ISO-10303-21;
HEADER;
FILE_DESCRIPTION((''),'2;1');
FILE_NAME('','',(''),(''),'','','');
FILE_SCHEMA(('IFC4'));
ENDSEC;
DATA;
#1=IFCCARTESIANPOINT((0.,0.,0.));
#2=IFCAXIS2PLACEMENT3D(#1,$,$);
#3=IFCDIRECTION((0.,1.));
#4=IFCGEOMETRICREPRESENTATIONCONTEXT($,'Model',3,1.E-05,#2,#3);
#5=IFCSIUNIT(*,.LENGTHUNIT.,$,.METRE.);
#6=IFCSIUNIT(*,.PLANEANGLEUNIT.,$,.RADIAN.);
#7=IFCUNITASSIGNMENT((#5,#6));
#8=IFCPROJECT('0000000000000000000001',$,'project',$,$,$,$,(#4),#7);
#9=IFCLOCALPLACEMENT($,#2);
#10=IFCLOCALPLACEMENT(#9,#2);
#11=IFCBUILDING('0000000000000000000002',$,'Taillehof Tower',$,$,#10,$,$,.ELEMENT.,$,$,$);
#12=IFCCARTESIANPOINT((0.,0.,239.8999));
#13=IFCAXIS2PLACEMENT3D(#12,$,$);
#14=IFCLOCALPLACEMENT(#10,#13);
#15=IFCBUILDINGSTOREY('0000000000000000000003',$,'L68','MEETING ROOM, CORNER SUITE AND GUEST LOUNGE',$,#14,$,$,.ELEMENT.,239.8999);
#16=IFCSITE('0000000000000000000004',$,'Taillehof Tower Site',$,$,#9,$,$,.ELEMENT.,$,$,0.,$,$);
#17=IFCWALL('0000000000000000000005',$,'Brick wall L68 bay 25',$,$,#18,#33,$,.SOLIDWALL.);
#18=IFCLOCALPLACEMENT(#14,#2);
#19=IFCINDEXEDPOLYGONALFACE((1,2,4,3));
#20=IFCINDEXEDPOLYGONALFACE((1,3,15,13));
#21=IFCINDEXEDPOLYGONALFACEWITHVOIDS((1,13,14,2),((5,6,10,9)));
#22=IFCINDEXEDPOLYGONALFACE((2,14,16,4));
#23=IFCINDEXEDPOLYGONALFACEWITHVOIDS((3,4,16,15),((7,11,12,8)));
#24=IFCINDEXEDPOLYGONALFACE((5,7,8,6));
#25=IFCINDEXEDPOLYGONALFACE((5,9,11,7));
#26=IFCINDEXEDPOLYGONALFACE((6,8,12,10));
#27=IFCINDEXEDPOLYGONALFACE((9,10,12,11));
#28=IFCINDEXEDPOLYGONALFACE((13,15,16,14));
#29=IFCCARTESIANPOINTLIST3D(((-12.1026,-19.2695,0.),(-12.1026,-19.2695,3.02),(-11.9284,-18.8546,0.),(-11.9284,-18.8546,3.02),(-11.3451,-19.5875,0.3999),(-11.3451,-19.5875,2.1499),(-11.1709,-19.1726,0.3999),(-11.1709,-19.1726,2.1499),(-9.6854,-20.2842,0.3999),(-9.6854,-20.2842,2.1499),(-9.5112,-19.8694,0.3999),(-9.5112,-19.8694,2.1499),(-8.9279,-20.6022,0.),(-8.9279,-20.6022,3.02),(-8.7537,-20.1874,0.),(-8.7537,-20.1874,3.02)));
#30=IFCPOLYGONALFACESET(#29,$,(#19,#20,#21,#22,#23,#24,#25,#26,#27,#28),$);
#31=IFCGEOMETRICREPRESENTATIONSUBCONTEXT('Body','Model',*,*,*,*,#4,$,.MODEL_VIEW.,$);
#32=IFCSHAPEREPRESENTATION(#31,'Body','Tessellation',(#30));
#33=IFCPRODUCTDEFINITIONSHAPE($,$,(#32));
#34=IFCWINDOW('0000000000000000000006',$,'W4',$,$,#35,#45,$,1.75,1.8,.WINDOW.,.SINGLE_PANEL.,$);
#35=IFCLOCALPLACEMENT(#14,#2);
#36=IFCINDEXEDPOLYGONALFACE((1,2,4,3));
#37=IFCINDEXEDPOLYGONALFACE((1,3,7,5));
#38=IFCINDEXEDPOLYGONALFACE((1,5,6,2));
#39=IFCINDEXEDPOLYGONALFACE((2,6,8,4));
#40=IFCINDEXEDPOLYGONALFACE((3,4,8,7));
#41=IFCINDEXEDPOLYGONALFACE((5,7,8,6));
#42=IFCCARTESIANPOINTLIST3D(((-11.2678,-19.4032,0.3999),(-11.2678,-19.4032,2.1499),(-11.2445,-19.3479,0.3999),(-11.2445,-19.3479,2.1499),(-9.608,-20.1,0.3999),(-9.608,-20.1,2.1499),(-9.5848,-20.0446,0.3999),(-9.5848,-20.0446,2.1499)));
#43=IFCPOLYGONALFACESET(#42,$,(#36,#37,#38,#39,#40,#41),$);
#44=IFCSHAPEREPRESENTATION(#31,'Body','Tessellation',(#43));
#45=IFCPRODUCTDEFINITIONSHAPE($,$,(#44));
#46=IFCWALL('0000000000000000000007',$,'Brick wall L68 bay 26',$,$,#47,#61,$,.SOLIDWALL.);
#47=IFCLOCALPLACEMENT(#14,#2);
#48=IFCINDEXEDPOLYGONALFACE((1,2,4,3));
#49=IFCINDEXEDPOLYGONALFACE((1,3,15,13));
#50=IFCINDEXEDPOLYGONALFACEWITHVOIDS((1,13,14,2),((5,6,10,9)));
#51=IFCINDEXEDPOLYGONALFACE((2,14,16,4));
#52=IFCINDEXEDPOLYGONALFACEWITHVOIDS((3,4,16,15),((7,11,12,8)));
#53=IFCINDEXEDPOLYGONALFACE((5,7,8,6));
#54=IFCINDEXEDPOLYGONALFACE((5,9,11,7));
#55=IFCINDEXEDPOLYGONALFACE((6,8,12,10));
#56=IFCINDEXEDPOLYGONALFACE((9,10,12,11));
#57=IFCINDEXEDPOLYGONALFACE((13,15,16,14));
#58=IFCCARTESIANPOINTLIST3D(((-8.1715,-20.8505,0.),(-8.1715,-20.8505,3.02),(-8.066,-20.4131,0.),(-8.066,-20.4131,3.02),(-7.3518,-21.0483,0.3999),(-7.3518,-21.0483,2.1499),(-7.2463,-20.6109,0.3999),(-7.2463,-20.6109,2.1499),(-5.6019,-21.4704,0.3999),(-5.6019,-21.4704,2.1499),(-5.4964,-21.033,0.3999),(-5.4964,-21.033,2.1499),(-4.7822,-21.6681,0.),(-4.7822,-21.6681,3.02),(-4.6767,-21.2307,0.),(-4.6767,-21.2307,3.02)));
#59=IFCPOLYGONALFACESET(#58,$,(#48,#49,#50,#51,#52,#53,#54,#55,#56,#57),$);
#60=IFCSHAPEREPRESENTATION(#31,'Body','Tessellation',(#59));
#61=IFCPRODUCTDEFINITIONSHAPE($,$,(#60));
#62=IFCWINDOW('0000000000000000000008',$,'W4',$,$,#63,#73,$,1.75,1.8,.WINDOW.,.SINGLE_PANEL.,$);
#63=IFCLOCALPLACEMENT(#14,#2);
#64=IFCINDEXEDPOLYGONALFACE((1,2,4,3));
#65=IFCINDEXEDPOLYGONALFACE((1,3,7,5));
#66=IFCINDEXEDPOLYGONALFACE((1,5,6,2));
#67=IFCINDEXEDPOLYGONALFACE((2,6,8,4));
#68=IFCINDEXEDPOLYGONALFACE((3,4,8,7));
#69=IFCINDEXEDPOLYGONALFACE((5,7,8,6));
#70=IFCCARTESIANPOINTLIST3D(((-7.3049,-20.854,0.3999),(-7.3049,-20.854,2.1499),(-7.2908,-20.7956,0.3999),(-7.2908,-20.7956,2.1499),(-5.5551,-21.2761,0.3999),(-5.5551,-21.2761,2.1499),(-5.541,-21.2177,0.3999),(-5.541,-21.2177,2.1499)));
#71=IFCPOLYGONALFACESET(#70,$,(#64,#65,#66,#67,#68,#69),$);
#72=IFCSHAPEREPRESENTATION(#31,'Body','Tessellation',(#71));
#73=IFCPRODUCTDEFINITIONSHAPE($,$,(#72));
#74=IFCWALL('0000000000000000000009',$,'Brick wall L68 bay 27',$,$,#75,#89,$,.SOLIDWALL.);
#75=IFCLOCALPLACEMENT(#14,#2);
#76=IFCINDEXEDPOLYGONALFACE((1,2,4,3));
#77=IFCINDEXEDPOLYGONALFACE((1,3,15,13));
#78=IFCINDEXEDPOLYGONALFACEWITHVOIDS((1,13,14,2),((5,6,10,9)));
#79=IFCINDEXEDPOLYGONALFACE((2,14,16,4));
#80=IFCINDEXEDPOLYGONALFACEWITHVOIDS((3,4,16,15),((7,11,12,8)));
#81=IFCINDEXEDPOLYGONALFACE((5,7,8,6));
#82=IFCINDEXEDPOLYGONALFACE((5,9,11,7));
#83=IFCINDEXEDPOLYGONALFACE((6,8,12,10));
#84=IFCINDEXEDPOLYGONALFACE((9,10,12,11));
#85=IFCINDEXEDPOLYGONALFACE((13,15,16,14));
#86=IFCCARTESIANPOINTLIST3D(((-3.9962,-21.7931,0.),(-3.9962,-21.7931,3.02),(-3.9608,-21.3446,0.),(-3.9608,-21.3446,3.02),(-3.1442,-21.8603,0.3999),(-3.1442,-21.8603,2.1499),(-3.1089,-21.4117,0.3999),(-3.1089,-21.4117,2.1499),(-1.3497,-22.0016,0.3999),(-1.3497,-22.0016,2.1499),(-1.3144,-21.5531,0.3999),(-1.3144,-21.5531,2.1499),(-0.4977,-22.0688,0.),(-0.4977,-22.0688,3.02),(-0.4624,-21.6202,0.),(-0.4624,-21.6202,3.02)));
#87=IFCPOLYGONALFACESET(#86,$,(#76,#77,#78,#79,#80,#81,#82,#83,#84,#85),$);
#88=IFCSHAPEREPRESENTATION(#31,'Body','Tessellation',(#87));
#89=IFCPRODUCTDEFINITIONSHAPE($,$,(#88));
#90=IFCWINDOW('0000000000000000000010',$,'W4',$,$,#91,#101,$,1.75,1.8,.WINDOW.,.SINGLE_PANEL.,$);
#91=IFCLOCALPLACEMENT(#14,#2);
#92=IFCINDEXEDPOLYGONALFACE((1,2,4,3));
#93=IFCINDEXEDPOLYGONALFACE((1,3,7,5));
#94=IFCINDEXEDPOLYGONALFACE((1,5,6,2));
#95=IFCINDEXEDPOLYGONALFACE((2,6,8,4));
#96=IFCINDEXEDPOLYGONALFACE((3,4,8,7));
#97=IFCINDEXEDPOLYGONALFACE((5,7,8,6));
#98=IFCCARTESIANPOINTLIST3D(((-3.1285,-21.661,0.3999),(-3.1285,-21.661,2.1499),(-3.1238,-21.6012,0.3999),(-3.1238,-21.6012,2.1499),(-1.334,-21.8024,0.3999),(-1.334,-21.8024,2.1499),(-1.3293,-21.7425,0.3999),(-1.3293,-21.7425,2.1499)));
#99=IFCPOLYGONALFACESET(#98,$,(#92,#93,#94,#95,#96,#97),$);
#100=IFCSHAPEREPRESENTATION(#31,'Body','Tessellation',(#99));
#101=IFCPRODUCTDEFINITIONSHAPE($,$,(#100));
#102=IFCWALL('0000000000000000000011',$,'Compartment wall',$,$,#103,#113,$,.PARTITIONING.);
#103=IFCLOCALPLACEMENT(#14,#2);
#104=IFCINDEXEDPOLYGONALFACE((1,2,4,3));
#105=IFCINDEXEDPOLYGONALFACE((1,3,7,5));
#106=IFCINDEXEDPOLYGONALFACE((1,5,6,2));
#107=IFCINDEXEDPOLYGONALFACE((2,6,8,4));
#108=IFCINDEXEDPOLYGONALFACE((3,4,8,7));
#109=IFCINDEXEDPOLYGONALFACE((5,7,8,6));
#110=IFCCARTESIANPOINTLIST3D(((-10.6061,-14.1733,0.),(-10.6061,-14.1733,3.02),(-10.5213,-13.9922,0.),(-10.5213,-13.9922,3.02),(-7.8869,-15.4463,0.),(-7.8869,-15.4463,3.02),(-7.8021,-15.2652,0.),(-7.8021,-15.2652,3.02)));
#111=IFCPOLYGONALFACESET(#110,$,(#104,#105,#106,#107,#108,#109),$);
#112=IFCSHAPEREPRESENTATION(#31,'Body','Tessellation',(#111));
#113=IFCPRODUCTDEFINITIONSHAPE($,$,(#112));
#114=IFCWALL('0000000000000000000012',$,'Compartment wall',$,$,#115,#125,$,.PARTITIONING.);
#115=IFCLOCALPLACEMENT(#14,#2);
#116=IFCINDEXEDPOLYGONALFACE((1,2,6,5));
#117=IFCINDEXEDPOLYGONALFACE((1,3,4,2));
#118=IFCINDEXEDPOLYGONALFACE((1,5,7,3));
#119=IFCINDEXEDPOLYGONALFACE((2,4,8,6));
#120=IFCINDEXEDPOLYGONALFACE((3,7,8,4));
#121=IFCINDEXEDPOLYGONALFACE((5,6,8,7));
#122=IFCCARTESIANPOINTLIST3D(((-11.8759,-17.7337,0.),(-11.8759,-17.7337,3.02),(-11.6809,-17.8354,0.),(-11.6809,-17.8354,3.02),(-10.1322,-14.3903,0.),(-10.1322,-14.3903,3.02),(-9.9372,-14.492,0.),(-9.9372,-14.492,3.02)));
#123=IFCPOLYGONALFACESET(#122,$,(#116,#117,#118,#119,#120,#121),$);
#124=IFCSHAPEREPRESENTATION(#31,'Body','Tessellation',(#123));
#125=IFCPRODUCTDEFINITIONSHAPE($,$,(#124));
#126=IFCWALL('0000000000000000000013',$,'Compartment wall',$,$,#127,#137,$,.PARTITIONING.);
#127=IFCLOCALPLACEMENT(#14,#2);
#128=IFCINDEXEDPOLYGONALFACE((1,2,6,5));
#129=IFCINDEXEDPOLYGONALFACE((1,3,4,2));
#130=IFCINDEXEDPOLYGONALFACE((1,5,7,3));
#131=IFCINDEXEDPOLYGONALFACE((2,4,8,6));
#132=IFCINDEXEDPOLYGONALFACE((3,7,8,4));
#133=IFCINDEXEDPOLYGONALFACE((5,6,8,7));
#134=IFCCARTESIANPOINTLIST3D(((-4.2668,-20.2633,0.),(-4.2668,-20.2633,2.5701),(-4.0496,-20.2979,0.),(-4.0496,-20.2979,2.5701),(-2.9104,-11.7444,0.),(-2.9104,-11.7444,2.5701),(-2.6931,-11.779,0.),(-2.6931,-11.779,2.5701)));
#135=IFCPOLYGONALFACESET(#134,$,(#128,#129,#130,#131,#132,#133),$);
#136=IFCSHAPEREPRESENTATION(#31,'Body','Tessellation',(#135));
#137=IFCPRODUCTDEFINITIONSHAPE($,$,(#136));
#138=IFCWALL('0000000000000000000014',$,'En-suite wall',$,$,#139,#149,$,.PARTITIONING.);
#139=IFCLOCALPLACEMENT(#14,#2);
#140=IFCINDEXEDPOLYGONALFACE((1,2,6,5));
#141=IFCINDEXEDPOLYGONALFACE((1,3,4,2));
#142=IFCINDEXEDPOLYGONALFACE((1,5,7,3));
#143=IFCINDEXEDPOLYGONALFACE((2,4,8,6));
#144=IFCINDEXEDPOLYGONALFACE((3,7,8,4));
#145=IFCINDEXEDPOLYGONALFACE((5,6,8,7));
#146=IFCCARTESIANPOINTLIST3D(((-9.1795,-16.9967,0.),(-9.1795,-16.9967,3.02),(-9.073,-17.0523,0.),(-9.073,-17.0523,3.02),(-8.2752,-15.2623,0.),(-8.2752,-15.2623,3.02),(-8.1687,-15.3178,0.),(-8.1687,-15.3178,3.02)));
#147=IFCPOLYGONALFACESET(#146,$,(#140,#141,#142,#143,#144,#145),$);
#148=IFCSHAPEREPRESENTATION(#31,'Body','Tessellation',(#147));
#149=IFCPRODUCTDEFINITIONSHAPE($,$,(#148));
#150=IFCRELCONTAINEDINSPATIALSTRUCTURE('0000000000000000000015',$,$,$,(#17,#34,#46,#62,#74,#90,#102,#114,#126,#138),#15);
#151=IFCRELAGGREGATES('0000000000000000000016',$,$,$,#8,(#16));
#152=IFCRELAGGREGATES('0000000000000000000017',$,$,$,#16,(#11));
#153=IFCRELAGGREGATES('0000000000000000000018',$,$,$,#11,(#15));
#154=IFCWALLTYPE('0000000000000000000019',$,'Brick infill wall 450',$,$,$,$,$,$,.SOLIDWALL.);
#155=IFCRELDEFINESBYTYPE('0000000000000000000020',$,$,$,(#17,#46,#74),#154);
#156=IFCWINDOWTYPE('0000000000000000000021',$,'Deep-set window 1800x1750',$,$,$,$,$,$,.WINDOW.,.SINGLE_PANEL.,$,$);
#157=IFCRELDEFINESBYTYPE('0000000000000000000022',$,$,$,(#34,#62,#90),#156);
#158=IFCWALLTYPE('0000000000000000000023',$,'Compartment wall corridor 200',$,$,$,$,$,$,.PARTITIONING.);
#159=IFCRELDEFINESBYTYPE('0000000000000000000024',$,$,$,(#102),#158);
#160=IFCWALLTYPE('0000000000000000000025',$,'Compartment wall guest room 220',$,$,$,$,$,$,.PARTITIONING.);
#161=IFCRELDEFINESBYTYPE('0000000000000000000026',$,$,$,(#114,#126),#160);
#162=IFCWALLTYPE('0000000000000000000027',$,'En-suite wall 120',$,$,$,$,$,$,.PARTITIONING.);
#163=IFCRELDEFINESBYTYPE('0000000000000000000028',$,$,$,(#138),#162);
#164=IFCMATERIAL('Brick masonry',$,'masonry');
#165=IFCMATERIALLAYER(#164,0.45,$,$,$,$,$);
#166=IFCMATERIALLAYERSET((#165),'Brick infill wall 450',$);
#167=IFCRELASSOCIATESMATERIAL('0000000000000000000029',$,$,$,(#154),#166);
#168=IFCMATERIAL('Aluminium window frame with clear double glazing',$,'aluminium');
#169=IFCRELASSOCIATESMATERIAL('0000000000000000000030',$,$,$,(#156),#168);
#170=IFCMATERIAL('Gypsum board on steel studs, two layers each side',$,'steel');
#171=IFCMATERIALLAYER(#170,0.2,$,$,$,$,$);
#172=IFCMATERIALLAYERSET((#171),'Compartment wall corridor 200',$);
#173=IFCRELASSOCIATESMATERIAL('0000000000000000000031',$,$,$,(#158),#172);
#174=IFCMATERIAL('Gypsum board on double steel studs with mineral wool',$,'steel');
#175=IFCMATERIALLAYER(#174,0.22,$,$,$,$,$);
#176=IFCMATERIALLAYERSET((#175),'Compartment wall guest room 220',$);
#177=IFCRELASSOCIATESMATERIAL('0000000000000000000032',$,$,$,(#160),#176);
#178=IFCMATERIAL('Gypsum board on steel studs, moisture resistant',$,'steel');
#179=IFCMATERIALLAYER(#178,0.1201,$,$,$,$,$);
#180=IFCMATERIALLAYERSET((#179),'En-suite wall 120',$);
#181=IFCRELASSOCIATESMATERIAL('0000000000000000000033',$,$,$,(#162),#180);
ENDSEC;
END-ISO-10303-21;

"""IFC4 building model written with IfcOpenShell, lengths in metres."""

from ifc_helpers import new_model, si_unit, direction, frame, frame_2d, origin, place, context, subcontext, project, spatial, rectangle, extrude, material, layer, layer_set, type_object, element, fill, save


model = new_model("IFC4")

# Units and contexts
model_context = context("Model", 3, precision=1e-05, world=origin(), true_north=direction((0.0, 1.0)))
body_context = subcontext(model_context, "Body", "Model", "MODEL_VIEW")
ifc_project = project(units=[si_unit("LENGTHUNIT", "METRE"), si_unit("PLANEANGLEUNIT", "RADIAN")], contexts=[model_context])

# Site, building, storey
site_placement = place(None, origin())
site = spatial("IfcSite", under=ifc_project, at=site_placement, Name="Taillehof Tower Site", CompositionType="ELEMENT", RefElevation=0.0)
building_placement = place(site_placement, origin())
building = spatial("IfcBuilding", under=site, at=building_placement, Name="Taillehof Tower", CompositionType="ELEMENT")
storey_placement = place(building_placement, frame((0.0, 0.0, 239.8999)))
storey = spatial("IfcBuildingStorey", under=building, at=storey_placement, Name="L68", Description="MEETING ROOM, CORNER SUITE AND GUEST LOUNGE", CompositionType="ELEMENT", Elevation=239.8999)

# Walls, openings, windows
ifc_material_1 = material(Name="Brick masonry", Category="masonry")
ifc_layer_1 = layer(ifc_material_1, 0.45)
ifc_layer_set_1 = layer_set([ifc_layer_1], Name="Brick infill wall 450")
wall_type_1 = type_object("IfcWallType", Name="Brick infill wall 450", PredefinedType="SOLIDWALL", material=ifc_layer_set_1)
wall_1_placement = place(storey_placement, frame((-12.0156, -19.062, 0.0), z_axis=(0.0, 0.0, 1.0), x_axis=(0.92205, -0.387071, 0.0)))
wall_1 = element("IfcWall", 1, at=wall_1_placement, inside=storey, type_object=wall_type_1, Name="Brick wall L68 bay 25", PredefinedType="SOLIDWALL", context=body_context, shape_type="SweptSolid", body=[
    extrude(rectangle(XDim=3.4431, YDim=0.45, at=frame_2d((1.7217, 0.0))), origin(), (0.0, 0.0, 1.0), 3.02),
])
opening_1_placement = place(wall_1_placement, frame((0.8218, 0.0, 0.3999)))
opening_1 = element("IfcOpeningElement", 2, at=opening_1_placement, cuts=wall_1, PredefinedType="OPENING", context=body_context, shape_type="SweptSolid", body=[
    extrude(rectangle(XDim=1.8, YDim=1.75, at=frame_2d((0.8999, 0.875))), frame((0.0, 0.2349, 0.0), z_axis=(0.0, -1.0, 0.0), x_axis=(1.0, 0.0, 0.0)), (0.0, 0.0, 1.0), 0.47),
])
ifc_material_2 = material(Name="Aluminium window frame with clear double glazing", Category="aluminium")
window_type = type_object("IfcWindowType", Name="Deep-set window 1800x1750", PartitioningType="SINGLE_PANEL", PredefinedType="WINDOW", material=ifc_material_2)
window_1_placement = place(opening_1_placement, origin())
window_1 = element("IfcWindow", 3, at=window_1_placement, inside=storey, type_object=window_type, Name="W4", OverallHeight=1.75, OverallWidth=1.8, PartitioningType="SINGLE_PANEL", PredefinedType="WINDOW", context=body_context, shape_type="SweptSolid", body=[
    extrude(rectangle(XDim=1.8, YDim=1.75, at=frame_2d((0.8999, 0.875))), frame((0.0, 0.0349, 0.0), z_axis=(0.0, -1.0, 0.0), x_axis=(1.0, 0.0, 0.0)), (0.0, 0.0, 1.0), 0.0601),
])
fill(opening_1, window_1)
wall_2_placement = place(storey_placement, frame((-8.1187, -20.6318, 0.0), z_axis=(0.0, 0.0, 1.0), x_axis=(0.972115, -0.234504, 0.0)))
wall_2 = element("IfcWall", 4, at=wall_2_placement, inside=storey, type_object=wall_type_1, Name="Brick wall L68 bay 26", PredefinedType="SOLIDWALL", context=body_context, shape_type="SweptSolid", body=[
    extrude(rectangle(XDim=3.4866, YDim=0.45, at=frame_2d((1.7432, 0.0))), origin(), (0.0, 0.0, 1.0), 3.02),
])
opening_2_placement = place(wall_2_placement, frame((0.8433, 0.0, 0.3999)))
opening_2 = element("IfcOpeningElement", 5, at=opening_2_placement, cuts=wall_2, PredefinedType="OPENING", context=body_context, shape_type="SweptSolid", body=[
    extrude(rectangle(XDim=1.8, YDim=1.75, at=frame_2d((0.8999, 0.875))), frame((0.0, 0.2349, 0.0), z_axis=(0.0, -1.0, 0.0), x_axis=(1.0, 0.0, 0.0)), (0.0, 0.0, 1.0), 0.47),
])
window_2_placement = place(opening_2_placement, origin())
window_2 = element("IfcWindow", 6, at=window_2_placement, inside=storey, type_object=window_type, Name="W4", OverallHeight=1.75, OverallWidth=1.8, PartitioningType="SINGLE_PANEL", PredefinedType="WINDOW", context=body_context, shape_type="SweptSolid", body=[
    extrude(rectangle(XDim=1.8, YDim=1.75, at=frame_2d((0.8999, 0.875))), frame((0.0, 0.0349, 0.0), z_axis=(0.0, -1.0, 0.0), x_axis=(1.0, 0.0, 0.0)), (0.0, 0.0, 1.0), 0.0601),
])
fill(opening_2, window_2)
wall_3_placement = place(storey_placement, frame((-3.9785, -21.5688, 0.0), z_axis=(0.0, 0.0, 1.0), x_axis=(0.996911, -0.078542, 0.0)))
wall_3 = element("IfcWall", 7, at=wall_3_placement, inside=storey, type_object=wall_type_1, Name="Brick wall L68 bay 27", PredefinedType="SOLIDWALL", context=body_context, shape_type="SweptSolid", body=[
    extrude(rectangle(XDim=3.5093, YDim=0.45, at=frame_2d((1.7546, 0.0))), origin(), (0.0, 0.0, 1.0), 3.02),
])
opening_3_placement = place(wall_3_placement, frame((0.8547, 0.0, 0.3999)))
opening_3 = element("IfcOpeningElement", 8, at=opening_3_placement, cuts=wall_3, PredefinedType="OPENING", context=body_context, shape_type="SweptSolid", body=[
    extrude(rectangle(XDim=1.8, YDim=1.75, at=frame_2d((0.8999, 0.875))), frame((0.0, 0.2349, 0.0), z_axis=(0.0, -1.0, 0.0), x_axis=(1.0, 0.0, 0.0)), (0.0, 0.0, 1.0), 0.47),
])
window_3_placement = place(opening_3_placement, origin())
window_3 = element("IfcWindow", 9, at=window_3_placement, inside=storey, type_object=window_type, Name="W4", OverallHeight=1.75, OverallWidth=1.8, PartitioningType="SINGLE_PANEL", PredefinedType="WINDOW", context=body_context, shape_type="SweptSolid", body=[
    extrude(rectangle(XDim=1.8, YDim=1.75, at=frame_2d((0.8999, 0.875))), frame((0.0, 0.0349, 0.0), z_axis=(0.0, -1.0, 0.0), x_axis=(1.0, 0.0, 0.0)), (0.0, 0.0, 1.0), 0.0601),
])
fill(opening_3, window_3)

# Walls
ifc_material_3 = material(Name="Gypsum board on steel studs, two layers each side", Category="steel")
ifc_layer_2 = layer(ifc_material_3, 0.2)
ifc_layer_set_2 = layer_set([ifc_layer_2], Name="Compartment wall corridor 200")
wall_type_2 = type_object("IfcWallType", Name="Compartment wall corridor 200", PredefinedType="PARTITIONING", material=ifc_layer_set_2)
wall_4_placement = place(storey_placement, frame((-7.8445, -15.3557, 0.0), z_axis=(0.0, 0.0, 1.0), x_axis=(-0.905676, 0.423971, 0.0)))
element("IfcWall", 10, at=wall_4_placement, inside=storey, type_object=wall_type_2, Name="Compartment wall", PredefinedType="PARTITIONING", context=body_context, shape_type="SweptSolid", body=[
    extrude(rectangle(XDim=3.0024, YDim=0.2, at=frame_2d((1.5012, 0.0))), origin(), (0.0, 0.0, 1.0), 3.02),
])
ifc_material_4 = material(Name="Gypsum board on double steel studs with mineral wool", Category="steel")
ifc_layer_3 = layer(ifc_material_4, 0.22)
ifc_layer_set_3 = layer_set([ifc_layer_3], Name="Compartment wall guest room 220")
wall_type_3 = type_object("IfcWallType", Name="Compartment wall guest room 220", PredefinedType="PARTITIONING", material=ifc_layer_set_3)
wall_5_placement = place(storey_placement, frame((-11.7783, -17.7844, 0.0), z_axis=(0.0, 0.0, 1.0), x_axis=(0.462429, 0.886656, 0.0)))
element("IfcWall", 11, at=wall_5_placement, inside=storey, type_object=wall_type_3, Name="Compartment wall", PredefinedType="PARTITIONING", context=body_context, shape_type="SweptSolid", body=[
    extrude(rectangle(XDim=3.7708, YDim=0.22, at=frame_2d((1.8853, 0.0))), origin(), (0.0, 0.0, 1.0), 3.02),
])
wall_6_placement = place(storey_placement, frame((-4.1582, -20.2805, 0.0), z_axis=(0.0, 0.0, 1.0), x_axis=(0.157249, 0.987559, 0.0)))
element("IfcWall", 12, at=wall_6_placement, inside=storey, type_object=wall_type_3, Name="Compartment wall", PredefinedType="PARTITIONING", context=body_context, shape_type="SweptSolid", body=[
    extrude(rectangle(XDim=8.6262, YDim=0.22, at=frame_2d((4.313, 0.0))), origin(), (0.0, 0.0, 1.0), 2.5701),
])
ifc_material_5 = material(Name="Gypsum board on steel studs, moisture resistant", Category="steel")
ifc_layer_4 = layer(ifc_material_5, 0.1201)
ifc_layer_set_4 = layer_set([ifc_layer_4], Name="En-suite wall 120")
wall_type_4 = type_object("IfcWallType", Name="En-suite wall 120", PredefinedType="PARTITIONING", material=ifc_layer_set_4)
wall_7_placement = place(storey_placement, frame((-8.2219, -15.29, 0.0), z_axis=(0.0, 0.0, 1.0), x_axis=(-0.462327, -0.886709, 0.0)))
element("IfcWall", 13, at=wall_7_placement, inside=storey, type_object=wall_type_4, Name="En-suite wall", PredefinedType="PARTITIONING", context=body_context, shape_type="SweptSolid", body=[
    extrude(rectangle(XDim=1.9561, YDim=0.1201, at=frame_2d((0.978, 0.0))), origin(), (0.0, 0.0, 1.0), 3.02),
])

save(model, "model.ifc")
